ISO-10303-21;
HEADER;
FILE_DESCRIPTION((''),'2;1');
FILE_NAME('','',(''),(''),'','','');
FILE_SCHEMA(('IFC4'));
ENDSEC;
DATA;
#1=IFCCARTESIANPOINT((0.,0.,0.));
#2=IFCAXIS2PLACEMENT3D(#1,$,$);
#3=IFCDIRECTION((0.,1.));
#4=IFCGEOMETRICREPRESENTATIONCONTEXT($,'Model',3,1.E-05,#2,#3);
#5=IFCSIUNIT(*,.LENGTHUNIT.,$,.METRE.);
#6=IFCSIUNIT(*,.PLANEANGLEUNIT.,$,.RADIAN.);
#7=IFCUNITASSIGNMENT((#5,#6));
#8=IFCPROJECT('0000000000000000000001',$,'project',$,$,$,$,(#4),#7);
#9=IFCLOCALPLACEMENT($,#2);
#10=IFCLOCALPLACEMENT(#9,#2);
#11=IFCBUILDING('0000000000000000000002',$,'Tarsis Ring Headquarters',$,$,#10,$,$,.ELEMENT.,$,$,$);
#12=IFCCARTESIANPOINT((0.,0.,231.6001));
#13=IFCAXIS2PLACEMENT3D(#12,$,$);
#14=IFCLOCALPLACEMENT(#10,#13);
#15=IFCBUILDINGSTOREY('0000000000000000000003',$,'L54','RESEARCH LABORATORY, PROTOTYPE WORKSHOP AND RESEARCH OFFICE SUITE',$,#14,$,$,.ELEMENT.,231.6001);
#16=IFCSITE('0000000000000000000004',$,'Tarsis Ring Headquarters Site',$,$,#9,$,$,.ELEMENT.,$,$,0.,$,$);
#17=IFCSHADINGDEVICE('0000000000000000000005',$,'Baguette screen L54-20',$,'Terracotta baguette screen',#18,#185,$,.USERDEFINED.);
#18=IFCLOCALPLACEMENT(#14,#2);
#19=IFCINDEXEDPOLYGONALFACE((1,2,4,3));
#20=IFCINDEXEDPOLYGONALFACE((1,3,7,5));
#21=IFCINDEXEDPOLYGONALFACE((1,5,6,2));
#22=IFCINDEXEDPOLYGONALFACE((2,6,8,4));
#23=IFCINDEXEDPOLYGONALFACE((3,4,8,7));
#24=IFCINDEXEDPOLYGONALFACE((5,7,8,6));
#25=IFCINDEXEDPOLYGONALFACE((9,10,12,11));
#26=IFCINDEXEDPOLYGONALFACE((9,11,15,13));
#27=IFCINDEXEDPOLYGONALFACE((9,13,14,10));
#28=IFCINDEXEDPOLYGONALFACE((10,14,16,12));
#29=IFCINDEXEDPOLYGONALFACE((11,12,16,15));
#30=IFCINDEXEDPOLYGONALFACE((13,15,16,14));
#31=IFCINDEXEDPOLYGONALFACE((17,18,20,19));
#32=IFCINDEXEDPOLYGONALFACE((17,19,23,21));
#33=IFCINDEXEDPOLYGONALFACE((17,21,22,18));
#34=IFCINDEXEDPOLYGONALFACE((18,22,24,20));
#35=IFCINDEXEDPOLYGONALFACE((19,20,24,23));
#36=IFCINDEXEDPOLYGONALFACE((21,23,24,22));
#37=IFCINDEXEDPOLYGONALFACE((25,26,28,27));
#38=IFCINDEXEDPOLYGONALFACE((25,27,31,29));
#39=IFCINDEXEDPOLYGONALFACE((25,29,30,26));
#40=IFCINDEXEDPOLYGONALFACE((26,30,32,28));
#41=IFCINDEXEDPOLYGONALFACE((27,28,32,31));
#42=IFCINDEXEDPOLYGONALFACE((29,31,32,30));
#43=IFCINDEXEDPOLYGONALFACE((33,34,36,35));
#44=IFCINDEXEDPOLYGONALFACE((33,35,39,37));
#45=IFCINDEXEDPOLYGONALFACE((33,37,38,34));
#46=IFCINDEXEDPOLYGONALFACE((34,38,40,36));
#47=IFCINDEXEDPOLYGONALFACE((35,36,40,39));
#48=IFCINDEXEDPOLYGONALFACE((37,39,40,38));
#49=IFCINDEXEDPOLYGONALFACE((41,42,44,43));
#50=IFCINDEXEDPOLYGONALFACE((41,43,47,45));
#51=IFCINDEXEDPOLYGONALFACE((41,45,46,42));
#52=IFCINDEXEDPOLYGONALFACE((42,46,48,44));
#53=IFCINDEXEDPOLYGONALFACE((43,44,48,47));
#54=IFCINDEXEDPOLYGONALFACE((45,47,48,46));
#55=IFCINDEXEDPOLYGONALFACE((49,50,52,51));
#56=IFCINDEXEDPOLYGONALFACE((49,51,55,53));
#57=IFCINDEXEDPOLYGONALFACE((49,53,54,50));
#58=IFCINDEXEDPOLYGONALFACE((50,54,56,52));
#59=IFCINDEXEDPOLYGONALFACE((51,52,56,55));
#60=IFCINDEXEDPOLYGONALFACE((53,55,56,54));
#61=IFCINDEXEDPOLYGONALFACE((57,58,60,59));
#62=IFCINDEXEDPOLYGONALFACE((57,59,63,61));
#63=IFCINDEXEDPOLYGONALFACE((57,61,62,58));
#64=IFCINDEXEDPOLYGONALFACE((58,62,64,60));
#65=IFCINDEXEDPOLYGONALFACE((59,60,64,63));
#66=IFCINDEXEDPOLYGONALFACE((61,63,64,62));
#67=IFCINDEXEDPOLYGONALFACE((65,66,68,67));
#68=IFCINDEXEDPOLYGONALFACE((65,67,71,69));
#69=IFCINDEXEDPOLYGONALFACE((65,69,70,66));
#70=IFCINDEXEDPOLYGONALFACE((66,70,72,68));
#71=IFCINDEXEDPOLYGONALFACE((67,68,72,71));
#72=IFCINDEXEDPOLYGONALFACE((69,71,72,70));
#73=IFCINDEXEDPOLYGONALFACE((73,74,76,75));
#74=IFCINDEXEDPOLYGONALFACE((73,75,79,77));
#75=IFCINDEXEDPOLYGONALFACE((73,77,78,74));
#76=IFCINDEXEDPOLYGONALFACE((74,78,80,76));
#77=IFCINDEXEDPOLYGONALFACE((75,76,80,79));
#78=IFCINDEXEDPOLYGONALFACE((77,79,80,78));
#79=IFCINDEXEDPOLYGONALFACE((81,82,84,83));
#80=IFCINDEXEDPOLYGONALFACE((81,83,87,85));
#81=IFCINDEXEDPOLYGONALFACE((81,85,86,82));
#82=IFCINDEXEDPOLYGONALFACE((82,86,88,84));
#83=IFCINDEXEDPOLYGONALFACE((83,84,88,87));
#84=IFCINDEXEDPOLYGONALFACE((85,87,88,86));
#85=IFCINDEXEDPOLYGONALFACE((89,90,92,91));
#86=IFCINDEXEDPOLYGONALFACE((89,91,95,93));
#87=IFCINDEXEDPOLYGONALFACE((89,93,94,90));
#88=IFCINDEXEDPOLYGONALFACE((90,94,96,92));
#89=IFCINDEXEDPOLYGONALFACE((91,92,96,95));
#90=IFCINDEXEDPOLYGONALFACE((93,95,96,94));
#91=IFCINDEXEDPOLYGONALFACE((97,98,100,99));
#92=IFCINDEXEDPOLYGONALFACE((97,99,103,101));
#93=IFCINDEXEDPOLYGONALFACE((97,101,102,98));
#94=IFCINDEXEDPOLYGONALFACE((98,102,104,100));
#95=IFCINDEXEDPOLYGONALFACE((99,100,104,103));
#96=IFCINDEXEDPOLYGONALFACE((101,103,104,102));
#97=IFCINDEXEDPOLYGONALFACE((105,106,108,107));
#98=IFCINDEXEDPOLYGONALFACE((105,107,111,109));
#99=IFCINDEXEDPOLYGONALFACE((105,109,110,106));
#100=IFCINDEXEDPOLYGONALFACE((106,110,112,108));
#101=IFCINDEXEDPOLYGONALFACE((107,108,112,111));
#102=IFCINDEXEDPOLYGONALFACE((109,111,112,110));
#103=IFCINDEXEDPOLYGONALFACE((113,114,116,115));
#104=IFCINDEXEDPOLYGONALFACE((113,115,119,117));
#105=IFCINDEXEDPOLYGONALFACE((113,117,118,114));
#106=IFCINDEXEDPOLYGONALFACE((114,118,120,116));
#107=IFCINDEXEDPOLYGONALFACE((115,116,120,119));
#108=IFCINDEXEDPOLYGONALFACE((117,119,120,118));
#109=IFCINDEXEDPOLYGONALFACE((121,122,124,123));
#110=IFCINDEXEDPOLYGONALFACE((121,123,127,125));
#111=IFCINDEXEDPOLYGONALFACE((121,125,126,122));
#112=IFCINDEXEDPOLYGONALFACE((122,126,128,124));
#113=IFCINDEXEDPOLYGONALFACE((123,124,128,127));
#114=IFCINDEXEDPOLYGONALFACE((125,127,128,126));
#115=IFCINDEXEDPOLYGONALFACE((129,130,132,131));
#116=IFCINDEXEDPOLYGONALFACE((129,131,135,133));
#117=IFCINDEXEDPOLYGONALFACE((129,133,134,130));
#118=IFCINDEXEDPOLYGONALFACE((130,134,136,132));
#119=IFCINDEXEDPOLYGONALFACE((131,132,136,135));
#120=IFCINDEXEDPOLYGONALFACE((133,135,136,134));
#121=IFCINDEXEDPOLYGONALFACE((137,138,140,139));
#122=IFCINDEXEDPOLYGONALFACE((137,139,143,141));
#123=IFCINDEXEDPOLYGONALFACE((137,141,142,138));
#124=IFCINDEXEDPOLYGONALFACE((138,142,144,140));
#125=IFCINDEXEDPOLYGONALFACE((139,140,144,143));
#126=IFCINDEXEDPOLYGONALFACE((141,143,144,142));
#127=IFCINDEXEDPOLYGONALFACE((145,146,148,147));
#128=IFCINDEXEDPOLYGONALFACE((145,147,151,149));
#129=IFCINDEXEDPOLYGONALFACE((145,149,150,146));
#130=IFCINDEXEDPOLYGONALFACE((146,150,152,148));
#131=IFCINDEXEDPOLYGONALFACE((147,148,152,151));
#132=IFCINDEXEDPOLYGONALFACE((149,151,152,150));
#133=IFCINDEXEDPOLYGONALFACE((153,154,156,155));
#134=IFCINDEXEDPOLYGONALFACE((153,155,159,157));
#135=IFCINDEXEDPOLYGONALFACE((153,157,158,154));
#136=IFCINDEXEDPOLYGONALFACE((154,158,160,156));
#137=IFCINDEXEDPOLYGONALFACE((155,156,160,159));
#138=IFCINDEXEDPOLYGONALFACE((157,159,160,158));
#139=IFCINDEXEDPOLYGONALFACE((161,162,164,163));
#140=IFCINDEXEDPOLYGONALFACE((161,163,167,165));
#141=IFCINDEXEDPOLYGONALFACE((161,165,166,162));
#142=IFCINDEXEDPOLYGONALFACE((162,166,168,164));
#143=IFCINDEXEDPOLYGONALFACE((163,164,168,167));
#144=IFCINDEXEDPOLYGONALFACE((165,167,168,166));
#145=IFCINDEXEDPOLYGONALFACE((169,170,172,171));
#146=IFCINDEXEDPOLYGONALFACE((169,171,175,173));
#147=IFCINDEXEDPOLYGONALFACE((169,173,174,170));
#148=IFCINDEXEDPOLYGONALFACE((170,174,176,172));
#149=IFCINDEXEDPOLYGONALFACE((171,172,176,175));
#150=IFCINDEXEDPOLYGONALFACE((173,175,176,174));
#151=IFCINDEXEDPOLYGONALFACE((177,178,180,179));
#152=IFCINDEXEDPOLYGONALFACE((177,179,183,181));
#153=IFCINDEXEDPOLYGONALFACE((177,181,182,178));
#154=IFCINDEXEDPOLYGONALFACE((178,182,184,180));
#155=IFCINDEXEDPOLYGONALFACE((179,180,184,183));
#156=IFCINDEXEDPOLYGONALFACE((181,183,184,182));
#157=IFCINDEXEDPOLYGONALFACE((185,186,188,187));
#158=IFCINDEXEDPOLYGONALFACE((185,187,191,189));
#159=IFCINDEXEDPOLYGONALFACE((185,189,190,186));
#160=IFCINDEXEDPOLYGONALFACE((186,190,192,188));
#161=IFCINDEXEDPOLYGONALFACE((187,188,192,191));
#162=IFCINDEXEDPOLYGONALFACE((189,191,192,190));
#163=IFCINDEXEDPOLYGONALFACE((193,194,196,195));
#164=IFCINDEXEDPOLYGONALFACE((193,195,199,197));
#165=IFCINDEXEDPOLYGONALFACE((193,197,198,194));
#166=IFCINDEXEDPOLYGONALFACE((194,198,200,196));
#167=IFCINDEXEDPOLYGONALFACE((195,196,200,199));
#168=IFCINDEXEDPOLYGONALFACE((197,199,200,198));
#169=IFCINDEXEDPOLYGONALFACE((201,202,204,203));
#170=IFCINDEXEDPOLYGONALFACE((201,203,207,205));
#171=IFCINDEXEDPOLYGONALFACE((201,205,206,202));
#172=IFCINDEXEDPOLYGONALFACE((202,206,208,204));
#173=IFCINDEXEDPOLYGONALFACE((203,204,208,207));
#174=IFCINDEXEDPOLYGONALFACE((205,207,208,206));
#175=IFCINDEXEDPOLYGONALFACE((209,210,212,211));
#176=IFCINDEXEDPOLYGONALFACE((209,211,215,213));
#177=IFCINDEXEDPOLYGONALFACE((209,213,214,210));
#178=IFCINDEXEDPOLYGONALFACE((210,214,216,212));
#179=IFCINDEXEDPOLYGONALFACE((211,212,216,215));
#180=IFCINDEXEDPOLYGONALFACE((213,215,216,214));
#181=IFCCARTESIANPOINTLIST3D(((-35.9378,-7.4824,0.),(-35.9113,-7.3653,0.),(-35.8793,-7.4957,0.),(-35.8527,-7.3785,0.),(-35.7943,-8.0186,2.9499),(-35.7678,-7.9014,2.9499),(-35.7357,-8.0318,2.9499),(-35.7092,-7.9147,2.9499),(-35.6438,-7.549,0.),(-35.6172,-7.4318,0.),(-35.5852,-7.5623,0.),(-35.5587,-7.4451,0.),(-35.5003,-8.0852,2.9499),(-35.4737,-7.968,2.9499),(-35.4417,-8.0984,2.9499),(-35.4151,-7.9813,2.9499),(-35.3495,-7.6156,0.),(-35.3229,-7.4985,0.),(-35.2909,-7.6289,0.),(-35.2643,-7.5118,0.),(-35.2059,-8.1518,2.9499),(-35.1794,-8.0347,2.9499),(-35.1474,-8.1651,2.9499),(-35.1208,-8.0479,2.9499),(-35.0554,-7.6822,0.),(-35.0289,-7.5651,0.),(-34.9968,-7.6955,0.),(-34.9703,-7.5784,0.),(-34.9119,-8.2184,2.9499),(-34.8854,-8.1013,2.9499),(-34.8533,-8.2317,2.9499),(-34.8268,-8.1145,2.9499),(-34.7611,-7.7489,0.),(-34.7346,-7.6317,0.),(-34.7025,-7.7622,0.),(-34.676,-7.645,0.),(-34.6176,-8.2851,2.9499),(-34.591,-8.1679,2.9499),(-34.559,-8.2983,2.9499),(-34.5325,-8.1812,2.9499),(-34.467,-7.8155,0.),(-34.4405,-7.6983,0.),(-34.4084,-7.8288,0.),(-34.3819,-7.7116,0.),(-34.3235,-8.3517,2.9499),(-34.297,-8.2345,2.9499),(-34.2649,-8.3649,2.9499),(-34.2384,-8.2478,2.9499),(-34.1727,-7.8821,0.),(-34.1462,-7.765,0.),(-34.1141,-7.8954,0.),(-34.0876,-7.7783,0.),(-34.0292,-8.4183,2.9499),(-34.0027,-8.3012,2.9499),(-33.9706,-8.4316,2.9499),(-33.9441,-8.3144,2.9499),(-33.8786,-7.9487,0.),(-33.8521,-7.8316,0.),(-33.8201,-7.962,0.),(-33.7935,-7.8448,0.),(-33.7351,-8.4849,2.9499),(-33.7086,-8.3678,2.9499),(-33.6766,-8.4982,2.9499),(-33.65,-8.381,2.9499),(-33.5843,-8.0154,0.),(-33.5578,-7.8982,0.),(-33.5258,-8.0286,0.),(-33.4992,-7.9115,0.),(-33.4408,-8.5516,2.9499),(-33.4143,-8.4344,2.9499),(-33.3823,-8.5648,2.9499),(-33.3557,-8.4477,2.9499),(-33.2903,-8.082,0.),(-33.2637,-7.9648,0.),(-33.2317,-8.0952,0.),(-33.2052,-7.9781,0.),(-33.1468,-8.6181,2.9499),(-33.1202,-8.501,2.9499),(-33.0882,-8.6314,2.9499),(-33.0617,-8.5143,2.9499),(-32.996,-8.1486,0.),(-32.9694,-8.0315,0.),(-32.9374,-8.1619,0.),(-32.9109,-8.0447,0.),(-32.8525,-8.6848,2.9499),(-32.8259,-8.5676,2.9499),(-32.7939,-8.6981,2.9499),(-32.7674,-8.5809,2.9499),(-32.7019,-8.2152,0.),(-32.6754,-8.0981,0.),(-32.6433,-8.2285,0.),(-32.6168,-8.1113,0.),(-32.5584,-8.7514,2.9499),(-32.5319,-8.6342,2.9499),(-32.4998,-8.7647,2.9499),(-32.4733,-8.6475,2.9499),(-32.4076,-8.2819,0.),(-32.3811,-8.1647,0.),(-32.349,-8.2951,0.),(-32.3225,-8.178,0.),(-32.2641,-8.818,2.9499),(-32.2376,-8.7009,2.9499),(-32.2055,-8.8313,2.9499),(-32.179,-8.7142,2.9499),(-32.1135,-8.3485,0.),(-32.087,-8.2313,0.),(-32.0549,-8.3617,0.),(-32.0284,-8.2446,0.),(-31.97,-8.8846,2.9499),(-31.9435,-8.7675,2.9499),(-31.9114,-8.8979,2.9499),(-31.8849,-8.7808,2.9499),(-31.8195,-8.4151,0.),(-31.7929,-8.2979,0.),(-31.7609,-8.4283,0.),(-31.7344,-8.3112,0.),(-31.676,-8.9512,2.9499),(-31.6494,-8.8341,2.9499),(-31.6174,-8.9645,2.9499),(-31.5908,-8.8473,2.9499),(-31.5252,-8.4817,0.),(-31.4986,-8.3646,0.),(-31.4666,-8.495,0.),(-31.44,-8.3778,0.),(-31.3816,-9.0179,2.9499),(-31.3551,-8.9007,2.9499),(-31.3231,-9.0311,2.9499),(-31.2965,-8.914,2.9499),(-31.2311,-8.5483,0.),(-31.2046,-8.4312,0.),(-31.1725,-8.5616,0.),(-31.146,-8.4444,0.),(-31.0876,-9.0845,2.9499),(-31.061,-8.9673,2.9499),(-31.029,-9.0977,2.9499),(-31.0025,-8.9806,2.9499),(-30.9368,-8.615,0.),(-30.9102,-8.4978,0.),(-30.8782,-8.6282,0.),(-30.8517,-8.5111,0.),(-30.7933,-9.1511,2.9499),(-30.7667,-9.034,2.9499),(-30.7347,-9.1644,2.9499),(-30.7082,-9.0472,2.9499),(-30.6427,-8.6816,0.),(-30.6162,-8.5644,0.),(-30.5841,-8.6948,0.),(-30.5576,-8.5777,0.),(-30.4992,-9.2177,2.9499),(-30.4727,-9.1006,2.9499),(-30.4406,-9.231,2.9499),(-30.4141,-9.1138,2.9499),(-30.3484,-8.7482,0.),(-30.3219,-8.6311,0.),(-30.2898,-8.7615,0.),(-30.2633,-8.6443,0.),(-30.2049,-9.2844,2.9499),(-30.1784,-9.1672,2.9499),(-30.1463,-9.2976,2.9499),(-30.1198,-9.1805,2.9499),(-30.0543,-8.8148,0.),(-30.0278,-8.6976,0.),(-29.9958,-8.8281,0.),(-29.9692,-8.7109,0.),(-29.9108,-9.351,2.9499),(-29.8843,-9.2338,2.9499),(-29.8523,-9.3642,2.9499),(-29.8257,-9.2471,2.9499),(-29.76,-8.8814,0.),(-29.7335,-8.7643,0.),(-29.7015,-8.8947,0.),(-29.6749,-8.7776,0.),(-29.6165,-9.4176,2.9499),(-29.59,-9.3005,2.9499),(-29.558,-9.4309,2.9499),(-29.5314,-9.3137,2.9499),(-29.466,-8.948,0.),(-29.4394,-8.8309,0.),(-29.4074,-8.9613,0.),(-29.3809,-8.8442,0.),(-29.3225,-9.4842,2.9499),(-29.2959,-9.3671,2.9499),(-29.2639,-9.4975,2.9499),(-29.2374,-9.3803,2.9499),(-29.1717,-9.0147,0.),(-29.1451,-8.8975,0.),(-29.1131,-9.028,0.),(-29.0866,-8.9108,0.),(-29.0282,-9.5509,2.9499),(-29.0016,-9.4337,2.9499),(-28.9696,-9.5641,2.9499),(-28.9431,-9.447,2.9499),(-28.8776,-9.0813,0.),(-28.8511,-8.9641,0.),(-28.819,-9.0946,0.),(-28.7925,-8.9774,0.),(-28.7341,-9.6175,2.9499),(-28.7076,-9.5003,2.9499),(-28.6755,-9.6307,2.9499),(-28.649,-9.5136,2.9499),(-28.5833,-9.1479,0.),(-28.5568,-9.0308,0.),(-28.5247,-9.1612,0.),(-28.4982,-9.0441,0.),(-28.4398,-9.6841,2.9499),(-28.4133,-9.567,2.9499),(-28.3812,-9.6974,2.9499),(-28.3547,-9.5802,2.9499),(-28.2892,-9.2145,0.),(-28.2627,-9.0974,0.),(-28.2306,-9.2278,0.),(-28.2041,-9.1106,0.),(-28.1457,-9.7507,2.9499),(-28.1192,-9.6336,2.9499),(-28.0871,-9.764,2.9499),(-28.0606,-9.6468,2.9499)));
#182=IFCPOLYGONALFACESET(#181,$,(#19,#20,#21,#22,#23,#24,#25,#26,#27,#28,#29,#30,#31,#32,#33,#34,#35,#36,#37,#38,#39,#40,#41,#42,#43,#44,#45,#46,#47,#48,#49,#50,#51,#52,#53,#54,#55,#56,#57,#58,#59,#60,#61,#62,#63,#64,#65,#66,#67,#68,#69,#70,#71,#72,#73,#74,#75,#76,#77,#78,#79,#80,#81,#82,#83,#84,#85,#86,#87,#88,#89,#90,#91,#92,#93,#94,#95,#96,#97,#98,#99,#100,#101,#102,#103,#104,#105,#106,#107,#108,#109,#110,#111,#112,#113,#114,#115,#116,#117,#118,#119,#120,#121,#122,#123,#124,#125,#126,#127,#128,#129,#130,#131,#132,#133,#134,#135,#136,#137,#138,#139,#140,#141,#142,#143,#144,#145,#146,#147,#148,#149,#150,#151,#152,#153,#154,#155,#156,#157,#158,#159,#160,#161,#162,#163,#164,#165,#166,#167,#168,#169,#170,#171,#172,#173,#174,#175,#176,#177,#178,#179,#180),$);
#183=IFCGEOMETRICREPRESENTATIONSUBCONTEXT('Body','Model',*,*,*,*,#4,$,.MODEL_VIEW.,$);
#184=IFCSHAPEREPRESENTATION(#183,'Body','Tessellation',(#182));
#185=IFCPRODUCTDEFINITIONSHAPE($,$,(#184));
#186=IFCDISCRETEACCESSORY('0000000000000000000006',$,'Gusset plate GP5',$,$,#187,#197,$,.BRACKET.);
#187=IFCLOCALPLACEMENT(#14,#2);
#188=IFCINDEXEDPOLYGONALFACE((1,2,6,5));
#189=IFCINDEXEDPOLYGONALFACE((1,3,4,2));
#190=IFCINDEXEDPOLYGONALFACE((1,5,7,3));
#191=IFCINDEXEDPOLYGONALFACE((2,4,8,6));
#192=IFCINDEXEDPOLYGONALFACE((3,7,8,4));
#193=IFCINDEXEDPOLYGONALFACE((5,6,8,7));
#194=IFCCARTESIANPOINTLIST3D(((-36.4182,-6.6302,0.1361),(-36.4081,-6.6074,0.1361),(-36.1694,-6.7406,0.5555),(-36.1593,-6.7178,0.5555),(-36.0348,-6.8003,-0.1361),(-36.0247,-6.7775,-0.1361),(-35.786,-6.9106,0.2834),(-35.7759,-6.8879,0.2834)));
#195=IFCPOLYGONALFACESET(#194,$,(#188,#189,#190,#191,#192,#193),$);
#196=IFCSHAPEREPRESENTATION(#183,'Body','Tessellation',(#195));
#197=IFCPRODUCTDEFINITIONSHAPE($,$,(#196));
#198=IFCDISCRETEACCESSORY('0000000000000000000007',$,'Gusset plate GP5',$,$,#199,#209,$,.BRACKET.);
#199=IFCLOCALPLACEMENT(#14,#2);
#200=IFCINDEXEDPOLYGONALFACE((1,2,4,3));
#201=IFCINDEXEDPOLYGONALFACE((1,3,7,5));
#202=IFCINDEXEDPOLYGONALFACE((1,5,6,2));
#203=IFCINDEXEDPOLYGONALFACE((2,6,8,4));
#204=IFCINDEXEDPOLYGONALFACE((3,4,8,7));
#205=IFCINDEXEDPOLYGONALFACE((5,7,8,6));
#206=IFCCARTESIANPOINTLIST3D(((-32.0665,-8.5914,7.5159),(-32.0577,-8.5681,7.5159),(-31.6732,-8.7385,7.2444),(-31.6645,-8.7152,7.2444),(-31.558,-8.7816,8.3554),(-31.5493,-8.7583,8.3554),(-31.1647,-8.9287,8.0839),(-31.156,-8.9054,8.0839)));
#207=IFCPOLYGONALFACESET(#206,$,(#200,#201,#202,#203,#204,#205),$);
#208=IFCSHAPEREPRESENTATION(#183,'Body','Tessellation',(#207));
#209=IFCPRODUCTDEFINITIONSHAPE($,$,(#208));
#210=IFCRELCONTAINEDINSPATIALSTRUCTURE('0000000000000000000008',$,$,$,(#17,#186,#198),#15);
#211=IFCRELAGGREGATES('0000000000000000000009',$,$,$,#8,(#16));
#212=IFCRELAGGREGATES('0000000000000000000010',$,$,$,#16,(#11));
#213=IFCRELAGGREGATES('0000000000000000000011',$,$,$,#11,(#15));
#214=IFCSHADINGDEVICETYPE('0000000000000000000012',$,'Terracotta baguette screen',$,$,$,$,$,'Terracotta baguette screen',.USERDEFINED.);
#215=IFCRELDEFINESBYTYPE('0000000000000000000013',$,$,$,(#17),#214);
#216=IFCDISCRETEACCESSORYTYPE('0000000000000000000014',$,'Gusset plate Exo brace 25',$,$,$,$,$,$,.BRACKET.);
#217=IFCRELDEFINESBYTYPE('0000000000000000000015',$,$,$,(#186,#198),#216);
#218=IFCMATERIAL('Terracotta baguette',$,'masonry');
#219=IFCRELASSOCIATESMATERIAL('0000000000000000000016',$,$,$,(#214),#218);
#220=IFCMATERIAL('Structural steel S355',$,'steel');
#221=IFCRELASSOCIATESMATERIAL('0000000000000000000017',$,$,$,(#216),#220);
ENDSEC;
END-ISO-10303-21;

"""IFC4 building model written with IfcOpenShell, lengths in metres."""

from ifc_helpers import new_model, si_unit, direction, frame, frame_2d, origin, origin_2d, place, context, subcontext, project, spatial, rectangle, composite_profile, extrude, material, material_profile, profile_set, type_object, element, save


model = new_model("IFC4")

# Units and contexts
model_context = context("Model", 3, precision=1e-05, world=origin(), true_north=direction((0.0, 1.0)))
body_context = subcontext(model_context, "Body", "Model", "MODEL_VIEW")
ifc_project = project(units=[si_unit("LENGTHUNIT", "METRE"), si_unit("PLANEANGLEUNIT", "RADIAN")], contexts=[model_context])

# Site, building, storey
site_placement = place(None, origin())
site = spatial("IfcSite", under=ifc_project, at=site_placement, Name="Tarsis Ring Headquarters Site", CompositionType="ELEMENT", RefElevation=0.0)
building_placement = place(site_placement, origin())
building = spatial("IfcBuilding", under=site, at=building_placement, Name="Tarsis Ring Headquarters", CompositionType="ELEMENT")
storey_placement = place(building_placement, frame((0.0, 0.0, 231.6001)))
storey = spatial("IfcBuildingStorey", under=building, at=storey_placement, Name="L54", Description="RESEARCH LABORATORY, PROTOTYPE WORKSHOP AND RESEARCH OFFICE SUITE", CompositionType="ELEMENT", Elevation=231.6001)

# Shared definitions
ifc_material_1 = material(Name="Structural steel S355", Category="steel")

# Shading device
ifc_material_2 = material(Name="Terracotta baguette", Category="masonry")
shading_device_type = type_object("IfcShadingDeviceType", Name="Terracotta baguette screen", ElementType="Terracotta baguette screen", PredefinedType="USERDEFINED", material=ifc_material_2)
shading_device_1_placement = place(storey_placement, frame((-35.9246, -7.4238, 0.0), z_axis=(0.0, 0.0, 1.0), x_axis=(0.975314, -0.220873, 0.0)))
element("IfcShadingDevice", 1, at=shading_device_1_placement, inside=storey, type_object=shading_device_type, Name="Baguette screen L54-20", ObjectType="Terracotta baguette screen", PredefinedType="USERDEFINED", context=body_context, shape_type="SweptSolid", body=[
    extrude(composite_profile([rectangle(XDim=0.0601, YDim=0.1201, at=frame_2d((0.03, 0.0))), rectangle(XDim=0.0601, YDim=0.1201, at=frame_2d((0.3315, 0.0))), rectangle(XDim=0.0601, YDim=0.1201, at=frame_2d((0.6333, 0.0))), rectangle(XDim=0.0601, YDim=0.1201, at=frame_2d((0.9348, 0.0))), rectangle(XDim=0.0601, YDim=0.1201, at=frame_2d((1.2366, 0.0))), rectangle(XDim=0.0601, YDim=0.1201, at=frame_2d((1.5381, 0.0))), rectangle(XDim=0.0601, YDim=0.1201, at=frame_2d((1.8398, 0.0))), rectangle(XDim=0.0601, YDim=0.1201, at=frame_2d((2.1414, 0.0))), rectangle(XDim=0.0601, YDim=0.1201, at=frame_2d((2.4431, 0.0))), rectangle(XDim=0.0601, YDim=0.1201, at=frame_2d((2.7446, 0.0))), rectangle(XDim=0.0601, YDim=0.1201, at=frame_2d((3.0464, 0.0))), rectangle(XDim=0.0601, YDim=0.1201, at=frame_2d((3.3479, 0.0))), rectangle(XDim=0.0601, YDim=0.1201, at=frame_2d((3.6497, 0.0))), rectangle(XDim=0.0601, YDim=0.1201, at=frame_2d((3.9512, 0.0))), rectangle(XDim=0.0601, YDim=0.1201, at=frame_2d((4.2527, 0.0))), rectangle(XDim=0.0601, YDim=0.1201, at=frame_2d((4.5544, 0.0))), rectangle(XDim=0.0601, YDim=0.1201, at=frame_2d((4.856, 0.0))), rectangle(XDim=0.0601, YDim=0.1201, at=frame_2d((5.1577, 0.0))), rectangle(XDim=0.0601, YDim=0.1201, at=frame_2d((5.4592, 0.0))), rectangle(XDim=0.0601, YDim=0.1201, at=frame_2d((5.761, 0.0))), rectangle(XDim=0.0601, YDim=0.1201, at=frame_2d((6.0625, 0.0))), rectangle(XDim=0.0601, YDim=0.1201, at=frame_2d((6.3643, 0.0))), rectangle(XDim=0.0601, YDim=0.1201, at=frame_2d((6.6658, 0.0))), rectangle(XDim=0.0601, YDim=0.1201, at=frame_2d((6.9675, 0.0))), rectangle(XDim=0.0601, YDim=0.1201, at=frame_2d((7.269, 0.0))), rectangle(XDim=0.0601, YDim=0.1201, at=frame_2d((7.5708, 0.0))), rectangle(XDim=0.0601, YDim=0.1201, at=frame_2d((7.8723, 0.0)))]), origin(), (0.086079, -0.163651, 0.982756), 3.0017),
])

# Discrete accessories
ifc_material_profile_1 = material_profile(ifc_material_1, rectangle(XDim=0.0249, YDim=0.5, at=origin_2d()), Name="PL 25x500")
ifc_profile_set_1 = profile_set([ifc_material_profile_1], Name="Structural steel S355")
discrete_accessory_type = type_object("IfcDiscreteAccessoryType", Name="Gusset plate Exo brace 25", PredefinedType="BRACKET", material=ifc_profile_set_1)
discrete_accessory_1_placement = place(storey_placement, frame((-36.2214, -6.7039, 0.0), z_axis=(0.497565, -0.220706, 0.838879), x_axis=(0.405472, 0.914107, 0.0)))
element("IfcDiscreteAccessory", 2, at=discrete_accessory_1_placement, inside=storey, type_object=discrete_accessory_type, Name="Gusset plate GP5", PredefinedType="BRACKET", context=body_context, shape_type="SweptSolid", body=[
    extrude(rectangle(XDim=0.0249, YDim=0.5, at=origin_2d()), origin(), (0.0, 0.0, 1.0), 0.5),
])
discrete_accessory_2_placement = place(storey_placement, frame((-31.8655, -8.6533, 7.3801), z_axis=(0.508617, -0.190213, 0.839719), x_axis=(0.350286, 0.936643, 0.0)))
element("IfcDiscreteAccessory", 3, at=discrete_accessory_2_placement, inside=storey, type_object=discrete_accessory_type, Name="Gusset plate GP5", PredefinedType="BRACKET", context=body_context, shape_type="SweptSolid", body=[
    extrude(rectangle(XDim=0.0249, YDim=0.5, at=origin_2d()), origin(), (0.0, 0.0, 1.0), 0.9998),
])

save(model, "model.ifc")
